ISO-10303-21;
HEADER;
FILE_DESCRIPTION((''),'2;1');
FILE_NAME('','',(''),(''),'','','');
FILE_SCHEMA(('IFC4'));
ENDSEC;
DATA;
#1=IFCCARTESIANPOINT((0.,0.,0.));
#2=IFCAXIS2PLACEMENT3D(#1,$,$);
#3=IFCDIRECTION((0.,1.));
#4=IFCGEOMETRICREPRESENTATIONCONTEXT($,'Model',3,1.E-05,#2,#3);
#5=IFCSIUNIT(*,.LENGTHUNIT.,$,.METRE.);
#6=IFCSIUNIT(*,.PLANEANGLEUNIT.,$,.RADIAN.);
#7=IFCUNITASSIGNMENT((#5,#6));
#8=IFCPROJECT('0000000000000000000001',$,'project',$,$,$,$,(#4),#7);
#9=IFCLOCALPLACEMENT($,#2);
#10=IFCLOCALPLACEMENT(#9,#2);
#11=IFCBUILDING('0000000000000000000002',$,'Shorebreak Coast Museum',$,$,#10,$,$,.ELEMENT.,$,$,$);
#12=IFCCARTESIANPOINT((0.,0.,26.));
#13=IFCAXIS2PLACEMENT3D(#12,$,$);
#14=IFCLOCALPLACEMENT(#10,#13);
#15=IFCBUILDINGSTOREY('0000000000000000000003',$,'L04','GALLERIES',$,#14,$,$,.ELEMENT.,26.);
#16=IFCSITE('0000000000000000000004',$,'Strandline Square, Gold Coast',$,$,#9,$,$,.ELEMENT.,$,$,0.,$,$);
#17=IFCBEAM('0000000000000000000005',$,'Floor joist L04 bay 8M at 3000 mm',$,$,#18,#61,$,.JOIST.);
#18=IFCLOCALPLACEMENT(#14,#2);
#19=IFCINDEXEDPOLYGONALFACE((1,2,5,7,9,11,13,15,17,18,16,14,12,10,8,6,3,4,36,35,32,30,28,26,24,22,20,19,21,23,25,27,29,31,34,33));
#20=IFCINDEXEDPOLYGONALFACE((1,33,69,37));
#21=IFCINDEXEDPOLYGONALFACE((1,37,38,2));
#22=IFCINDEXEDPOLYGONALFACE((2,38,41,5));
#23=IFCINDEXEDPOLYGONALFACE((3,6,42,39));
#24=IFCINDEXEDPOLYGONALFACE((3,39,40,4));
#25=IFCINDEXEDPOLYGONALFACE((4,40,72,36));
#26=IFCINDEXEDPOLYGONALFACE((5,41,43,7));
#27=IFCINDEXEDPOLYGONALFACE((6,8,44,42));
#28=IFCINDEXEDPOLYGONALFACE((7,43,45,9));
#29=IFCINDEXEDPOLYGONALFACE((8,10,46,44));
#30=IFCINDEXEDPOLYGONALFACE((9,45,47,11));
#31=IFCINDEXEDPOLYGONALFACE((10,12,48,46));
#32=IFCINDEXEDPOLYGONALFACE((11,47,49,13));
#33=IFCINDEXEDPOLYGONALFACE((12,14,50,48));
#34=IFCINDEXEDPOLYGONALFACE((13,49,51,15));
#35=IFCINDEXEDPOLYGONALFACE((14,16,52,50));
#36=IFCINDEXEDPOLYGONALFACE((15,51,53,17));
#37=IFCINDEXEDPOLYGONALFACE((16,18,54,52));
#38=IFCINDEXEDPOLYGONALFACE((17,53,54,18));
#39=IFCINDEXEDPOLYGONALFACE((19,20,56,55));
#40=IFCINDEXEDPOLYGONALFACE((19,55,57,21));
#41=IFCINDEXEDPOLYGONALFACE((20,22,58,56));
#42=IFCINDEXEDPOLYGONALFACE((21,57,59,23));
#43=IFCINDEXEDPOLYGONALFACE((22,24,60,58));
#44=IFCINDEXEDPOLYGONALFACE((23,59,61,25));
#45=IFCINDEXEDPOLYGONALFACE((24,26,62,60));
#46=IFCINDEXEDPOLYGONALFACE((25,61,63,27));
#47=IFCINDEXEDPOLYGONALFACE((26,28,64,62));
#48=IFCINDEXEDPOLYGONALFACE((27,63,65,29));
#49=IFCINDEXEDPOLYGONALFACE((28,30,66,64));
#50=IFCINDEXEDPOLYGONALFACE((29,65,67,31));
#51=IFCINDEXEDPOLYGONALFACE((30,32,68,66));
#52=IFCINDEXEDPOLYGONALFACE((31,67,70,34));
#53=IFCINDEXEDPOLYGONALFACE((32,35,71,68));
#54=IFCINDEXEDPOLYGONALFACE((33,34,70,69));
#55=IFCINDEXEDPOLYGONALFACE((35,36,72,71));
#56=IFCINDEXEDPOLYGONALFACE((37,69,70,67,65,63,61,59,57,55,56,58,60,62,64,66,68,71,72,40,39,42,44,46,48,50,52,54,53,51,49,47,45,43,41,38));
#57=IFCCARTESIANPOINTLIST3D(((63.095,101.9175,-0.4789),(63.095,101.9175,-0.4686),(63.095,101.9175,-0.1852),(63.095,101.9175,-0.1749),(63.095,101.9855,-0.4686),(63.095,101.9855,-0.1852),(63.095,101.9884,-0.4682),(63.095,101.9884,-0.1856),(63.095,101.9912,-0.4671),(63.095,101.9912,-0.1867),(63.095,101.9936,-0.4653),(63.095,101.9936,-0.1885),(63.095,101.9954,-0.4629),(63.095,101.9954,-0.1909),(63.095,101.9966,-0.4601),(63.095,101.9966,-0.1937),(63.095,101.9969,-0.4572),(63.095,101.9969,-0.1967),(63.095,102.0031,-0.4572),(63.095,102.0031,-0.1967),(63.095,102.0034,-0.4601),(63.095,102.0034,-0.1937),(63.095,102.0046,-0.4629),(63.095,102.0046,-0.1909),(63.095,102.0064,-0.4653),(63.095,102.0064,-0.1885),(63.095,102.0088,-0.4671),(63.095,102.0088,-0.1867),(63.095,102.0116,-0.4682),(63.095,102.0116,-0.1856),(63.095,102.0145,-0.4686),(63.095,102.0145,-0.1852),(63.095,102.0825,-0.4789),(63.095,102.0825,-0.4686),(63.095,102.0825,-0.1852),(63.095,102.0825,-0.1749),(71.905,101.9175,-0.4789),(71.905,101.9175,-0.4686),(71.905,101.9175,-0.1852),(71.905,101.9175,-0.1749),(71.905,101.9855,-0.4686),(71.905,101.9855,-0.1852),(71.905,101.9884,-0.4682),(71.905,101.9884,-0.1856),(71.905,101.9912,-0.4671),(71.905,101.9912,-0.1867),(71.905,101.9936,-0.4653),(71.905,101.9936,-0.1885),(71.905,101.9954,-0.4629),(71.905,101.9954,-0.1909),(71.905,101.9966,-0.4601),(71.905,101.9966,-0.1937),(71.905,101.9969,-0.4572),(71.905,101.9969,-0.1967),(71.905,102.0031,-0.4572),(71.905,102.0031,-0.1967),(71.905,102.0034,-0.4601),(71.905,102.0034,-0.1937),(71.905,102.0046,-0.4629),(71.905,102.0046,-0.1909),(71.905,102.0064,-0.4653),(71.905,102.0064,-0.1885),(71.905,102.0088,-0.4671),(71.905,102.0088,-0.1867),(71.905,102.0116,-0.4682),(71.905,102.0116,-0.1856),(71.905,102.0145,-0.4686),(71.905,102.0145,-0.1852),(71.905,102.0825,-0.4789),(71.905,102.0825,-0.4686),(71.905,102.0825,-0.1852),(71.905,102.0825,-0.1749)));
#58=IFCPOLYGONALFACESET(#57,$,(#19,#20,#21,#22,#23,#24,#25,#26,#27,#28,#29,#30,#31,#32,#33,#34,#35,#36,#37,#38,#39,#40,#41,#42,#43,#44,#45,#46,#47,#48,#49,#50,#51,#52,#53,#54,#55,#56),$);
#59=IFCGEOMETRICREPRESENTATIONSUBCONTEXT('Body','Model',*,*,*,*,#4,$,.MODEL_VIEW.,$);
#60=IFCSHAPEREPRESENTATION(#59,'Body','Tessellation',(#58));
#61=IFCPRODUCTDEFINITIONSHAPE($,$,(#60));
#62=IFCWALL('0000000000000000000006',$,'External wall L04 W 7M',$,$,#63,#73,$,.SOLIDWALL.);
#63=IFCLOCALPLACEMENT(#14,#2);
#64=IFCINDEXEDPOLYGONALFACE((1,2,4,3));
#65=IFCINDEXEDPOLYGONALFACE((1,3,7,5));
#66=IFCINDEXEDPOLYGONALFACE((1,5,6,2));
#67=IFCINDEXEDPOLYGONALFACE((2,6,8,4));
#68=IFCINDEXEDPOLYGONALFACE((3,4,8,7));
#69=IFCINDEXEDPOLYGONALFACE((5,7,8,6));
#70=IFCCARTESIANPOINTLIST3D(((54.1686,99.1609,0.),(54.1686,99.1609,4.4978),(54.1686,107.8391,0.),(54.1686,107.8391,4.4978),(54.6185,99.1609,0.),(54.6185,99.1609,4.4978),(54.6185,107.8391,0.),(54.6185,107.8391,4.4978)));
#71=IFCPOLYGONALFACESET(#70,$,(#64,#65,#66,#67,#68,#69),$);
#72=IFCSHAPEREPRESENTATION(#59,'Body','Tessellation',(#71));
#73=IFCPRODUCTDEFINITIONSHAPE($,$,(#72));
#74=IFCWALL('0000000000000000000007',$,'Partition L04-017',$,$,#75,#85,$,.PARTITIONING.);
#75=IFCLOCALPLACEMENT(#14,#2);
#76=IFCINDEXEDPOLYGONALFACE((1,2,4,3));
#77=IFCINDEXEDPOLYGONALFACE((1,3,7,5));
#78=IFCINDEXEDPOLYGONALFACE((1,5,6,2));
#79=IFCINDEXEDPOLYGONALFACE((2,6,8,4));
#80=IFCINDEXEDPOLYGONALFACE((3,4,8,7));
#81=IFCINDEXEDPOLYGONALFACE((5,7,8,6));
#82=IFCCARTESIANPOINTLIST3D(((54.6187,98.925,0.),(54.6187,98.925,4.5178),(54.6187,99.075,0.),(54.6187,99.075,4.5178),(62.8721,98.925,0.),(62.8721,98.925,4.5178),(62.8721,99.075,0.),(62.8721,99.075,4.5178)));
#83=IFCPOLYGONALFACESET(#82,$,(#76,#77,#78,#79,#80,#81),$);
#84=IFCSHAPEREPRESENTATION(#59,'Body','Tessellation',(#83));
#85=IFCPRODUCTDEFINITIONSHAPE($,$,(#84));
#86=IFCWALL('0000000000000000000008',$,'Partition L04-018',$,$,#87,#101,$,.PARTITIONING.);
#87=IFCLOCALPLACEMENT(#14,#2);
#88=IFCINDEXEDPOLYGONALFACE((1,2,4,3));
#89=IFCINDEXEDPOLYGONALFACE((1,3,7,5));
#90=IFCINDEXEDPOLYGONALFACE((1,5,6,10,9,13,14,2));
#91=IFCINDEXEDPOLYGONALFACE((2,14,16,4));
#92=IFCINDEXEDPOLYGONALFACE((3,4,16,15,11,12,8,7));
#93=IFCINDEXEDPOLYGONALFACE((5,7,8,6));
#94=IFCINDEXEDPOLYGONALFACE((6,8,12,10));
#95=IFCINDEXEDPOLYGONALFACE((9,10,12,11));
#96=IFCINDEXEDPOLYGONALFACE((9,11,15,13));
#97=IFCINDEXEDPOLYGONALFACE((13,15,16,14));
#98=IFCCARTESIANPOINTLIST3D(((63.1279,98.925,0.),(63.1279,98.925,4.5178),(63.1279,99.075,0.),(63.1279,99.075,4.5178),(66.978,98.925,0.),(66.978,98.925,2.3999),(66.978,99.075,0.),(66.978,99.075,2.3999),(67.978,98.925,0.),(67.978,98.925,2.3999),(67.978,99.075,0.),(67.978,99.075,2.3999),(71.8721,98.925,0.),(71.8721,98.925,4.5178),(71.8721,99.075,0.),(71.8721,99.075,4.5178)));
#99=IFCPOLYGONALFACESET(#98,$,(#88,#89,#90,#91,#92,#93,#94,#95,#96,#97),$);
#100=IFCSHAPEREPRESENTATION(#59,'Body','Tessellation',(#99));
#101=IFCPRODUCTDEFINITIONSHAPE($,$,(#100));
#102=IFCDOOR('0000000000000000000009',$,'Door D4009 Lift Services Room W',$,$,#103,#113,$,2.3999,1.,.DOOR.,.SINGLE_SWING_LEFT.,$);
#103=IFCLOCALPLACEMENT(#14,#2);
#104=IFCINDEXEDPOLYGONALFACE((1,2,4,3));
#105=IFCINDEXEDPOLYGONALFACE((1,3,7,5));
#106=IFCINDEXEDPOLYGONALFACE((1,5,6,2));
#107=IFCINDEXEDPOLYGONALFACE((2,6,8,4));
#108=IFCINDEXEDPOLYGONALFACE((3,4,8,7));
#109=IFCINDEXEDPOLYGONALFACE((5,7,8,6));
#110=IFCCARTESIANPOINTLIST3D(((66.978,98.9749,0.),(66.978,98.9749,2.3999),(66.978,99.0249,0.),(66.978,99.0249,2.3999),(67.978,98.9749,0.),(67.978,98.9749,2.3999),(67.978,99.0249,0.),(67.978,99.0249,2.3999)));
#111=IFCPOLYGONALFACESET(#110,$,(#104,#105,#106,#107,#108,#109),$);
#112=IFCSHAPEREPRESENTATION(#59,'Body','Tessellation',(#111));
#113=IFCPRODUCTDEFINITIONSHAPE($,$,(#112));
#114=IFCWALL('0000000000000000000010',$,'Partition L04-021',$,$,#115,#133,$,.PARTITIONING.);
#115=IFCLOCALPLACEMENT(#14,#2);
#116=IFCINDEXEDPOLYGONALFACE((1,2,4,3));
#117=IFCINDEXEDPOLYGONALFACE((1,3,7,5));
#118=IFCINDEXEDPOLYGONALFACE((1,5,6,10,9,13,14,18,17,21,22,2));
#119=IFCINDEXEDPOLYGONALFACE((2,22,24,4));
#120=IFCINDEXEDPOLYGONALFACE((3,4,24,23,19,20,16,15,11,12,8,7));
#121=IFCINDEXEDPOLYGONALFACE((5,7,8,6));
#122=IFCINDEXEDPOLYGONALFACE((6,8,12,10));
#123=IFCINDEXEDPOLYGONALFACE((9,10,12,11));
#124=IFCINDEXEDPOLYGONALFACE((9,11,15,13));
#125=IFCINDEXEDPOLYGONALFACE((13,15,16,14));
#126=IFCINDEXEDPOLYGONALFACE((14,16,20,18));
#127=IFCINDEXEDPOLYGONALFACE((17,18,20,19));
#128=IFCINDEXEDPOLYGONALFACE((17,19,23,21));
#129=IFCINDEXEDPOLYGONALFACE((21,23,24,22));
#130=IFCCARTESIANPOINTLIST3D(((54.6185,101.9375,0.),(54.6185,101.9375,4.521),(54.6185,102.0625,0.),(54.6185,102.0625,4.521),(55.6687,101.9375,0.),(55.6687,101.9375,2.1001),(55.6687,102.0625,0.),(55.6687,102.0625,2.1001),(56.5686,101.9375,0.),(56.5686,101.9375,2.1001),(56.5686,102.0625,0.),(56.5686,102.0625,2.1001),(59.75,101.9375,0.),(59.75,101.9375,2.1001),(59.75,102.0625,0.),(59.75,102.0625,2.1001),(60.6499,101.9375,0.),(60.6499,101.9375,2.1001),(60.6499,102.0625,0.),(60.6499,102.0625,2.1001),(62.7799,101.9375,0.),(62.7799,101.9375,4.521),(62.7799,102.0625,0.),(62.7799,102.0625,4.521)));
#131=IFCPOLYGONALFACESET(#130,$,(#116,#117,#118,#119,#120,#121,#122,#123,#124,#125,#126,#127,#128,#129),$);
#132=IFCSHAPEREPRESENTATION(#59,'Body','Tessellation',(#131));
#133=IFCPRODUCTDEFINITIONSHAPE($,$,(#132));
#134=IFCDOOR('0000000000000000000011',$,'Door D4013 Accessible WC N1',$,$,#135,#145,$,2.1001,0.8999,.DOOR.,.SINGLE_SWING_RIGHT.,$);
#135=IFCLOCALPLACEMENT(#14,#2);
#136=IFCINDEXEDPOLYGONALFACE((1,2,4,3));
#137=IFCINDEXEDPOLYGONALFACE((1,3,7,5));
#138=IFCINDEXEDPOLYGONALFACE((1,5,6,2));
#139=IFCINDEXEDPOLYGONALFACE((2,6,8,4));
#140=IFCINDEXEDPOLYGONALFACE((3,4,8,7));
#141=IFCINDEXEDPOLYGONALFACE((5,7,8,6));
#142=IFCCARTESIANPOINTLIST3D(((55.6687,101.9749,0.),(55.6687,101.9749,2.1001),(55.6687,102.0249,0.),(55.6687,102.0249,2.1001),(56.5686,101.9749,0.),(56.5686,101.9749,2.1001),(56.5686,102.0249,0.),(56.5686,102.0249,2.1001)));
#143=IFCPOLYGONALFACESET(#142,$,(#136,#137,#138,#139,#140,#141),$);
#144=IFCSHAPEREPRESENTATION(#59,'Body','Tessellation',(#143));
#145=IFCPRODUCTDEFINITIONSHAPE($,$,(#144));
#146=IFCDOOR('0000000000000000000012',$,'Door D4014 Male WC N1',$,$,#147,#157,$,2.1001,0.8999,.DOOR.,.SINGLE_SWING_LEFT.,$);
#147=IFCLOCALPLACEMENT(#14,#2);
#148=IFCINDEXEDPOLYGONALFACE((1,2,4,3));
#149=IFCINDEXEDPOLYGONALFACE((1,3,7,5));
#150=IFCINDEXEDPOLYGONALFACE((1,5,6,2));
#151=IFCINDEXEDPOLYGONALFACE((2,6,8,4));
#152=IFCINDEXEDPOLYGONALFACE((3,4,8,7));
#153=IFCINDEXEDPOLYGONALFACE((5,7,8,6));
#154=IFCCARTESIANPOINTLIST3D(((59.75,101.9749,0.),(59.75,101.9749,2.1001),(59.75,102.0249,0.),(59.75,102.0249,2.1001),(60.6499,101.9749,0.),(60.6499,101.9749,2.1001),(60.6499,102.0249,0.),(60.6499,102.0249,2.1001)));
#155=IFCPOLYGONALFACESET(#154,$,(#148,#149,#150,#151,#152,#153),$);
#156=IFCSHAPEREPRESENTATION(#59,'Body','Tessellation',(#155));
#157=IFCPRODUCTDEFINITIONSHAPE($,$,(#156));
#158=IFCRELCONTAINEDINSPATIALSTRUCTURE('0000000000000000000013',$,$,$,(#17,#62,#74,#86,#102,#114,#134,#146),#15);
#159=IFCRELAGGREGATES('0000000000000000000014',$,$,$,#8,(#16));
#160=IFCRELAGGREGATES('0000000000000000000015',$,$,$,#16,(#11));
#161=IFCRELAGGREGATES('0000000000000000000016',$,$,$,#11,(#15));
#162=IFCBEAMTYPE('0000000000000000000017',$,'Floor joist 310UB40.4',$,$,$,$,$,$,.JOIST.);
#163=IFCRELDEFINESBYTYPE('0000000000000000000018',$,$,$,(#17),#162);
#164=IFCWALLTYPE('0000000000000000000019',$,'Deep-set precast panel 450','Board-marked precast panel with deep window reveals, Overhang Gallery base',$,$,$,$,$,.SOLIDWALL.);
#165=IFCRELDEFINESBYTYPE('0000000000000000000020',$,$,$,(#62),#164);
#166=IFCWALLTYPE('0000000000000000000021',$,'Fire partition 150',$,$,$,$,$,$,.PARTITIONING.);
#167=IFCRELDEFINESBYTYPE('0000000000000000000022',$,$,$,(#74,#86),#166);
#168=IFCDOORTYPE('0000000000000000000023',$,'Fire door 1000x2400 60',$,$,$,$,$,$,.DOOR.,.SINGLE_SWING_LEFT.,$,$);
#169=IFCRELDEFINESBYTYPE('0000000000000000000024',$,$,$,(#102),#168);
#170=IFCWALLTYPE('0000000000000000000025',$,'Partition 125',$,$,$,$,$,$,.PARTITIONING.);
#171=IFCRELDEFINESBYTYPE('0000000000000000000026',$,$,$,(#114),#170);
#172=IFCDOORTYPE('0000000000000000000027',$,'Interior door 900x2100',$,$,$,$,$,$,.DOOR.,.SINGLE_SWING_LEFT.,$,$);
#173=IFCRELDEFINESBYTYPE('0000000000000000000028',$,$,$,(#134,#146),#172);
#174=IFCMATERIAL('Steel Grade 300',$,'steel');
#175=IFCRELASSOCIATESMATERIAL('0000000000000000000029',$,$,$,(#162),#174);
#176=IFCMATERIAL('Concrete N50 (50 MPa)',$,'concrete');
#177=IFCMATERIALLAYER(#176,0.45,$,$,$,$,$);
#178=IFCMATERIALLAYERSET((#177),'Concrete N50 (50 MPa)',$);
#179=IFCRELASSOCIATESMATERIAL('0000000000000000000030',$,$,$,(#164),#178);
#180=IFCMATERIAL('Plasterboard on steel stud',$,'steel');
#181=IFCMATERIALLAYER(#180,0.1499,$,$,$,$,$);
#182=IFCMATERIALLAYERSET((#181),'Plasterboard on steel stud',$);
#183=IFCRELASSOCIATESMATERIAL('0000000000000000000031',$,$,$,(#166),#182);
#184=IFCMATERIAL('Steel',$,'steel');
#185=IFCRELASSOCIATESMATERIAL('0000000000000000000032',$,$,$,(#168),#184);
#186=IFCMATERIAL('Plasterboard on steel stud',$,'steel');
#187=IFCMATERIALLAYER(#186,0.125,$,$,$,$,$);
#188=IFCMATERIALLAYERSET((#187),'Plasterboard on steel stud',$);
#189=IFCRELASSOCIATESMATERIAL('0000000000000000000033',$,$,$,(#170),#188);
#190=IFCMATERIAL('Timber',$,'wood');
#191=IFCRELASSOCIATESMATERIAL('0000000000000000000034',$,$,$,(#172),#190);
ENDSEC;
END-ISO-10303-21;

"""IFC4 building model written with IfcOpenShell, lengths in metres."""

from ifc_helpers import new_model, si_unit, direction, frame, frame_2d, origin, origin_2d, place, context, subcontext, project, spatial, rectangle, i_section, extrude, material, layer, layer_set, material_profile, profile_set, type_object, element, fill, save


model = new_model("IFC4")

# Units and contexts
model_context = context("Model", 3, precision=1e-05, world=origin(), true_north=direction((0.0, 1.0)))
body_context = subcontext(model_context, "Body", "Model", "MODEL_VIEW")
ifc_project = project(units=[si_unit("LENGTHUNIT", "METRE"), si_unit("PLANEANGLEUNIT", "RADIAN")], contexts=[model_context])

# Site, building, storey
site_placement = place(None, origin())
site = spatial("IfcSite", under=ifc_project, at=site_placement, Name="Strandline Square, Gold Coast", CompositionType="ELEMENT", RefElevation=0.0)
building_placement = place(site_placement, origin())
building = spatial("IfcBuilding", under=site, at=building_placement, Name="Shorebreak Coast Museum", CompositionType="ELEMENT")
storey_placement = place(building_placement, frame((0.0, 0.0, 26.0)))
storey = spatial("IfcBuildingStorey", under=building, at=storey_placement, Name="L04", Description="GALLERIES", CompositionType="ELEMENT", Elevation=26.0)

# Beam
ifc_material_1 = material(Name="Steel Grade 300", Category="steel")
ifc_material_profile_1 = material_profile(ifc_material_1, i_section(OverallWidth=0.165, OverallDepth=0.304, WebThickness=0.0061, FlangeThickness=0.0103, FilletRadius=0.0115, at=origin_2d()), Name="310UB40.4")
ifc_profile_set_1 = profile_set([ifc_material_profile_1], Name="Steel Grade 300")
beam_type_1 = type_object("IfcBeamType", Name="Floor joist 310UB40.4", PredefinedType="JOIST", material=ifc_profile_set_1)
for number, where, z_axis, x_axis, name in (
    (1, (63.095, 102.0, -0.3269), (1.0, 0.0, 0.0), (0.0, 1.0, 0.0), "Floor joist L04 bay 8M at 3000 mm"),
):
    element("IfcBeam", number, at=place(storey_placement, frame(where, z_axis=z_axis, x_axis=x_axis)), inside=storey, type_object=beam_type_1, Name=name, PredefinedType="JOIST", context=body_context, shape_type="SweptSolid", body=[
        extrude(i_section(OverallWidth=0.165, OverallDepth=0.304, WebThickness=0.0061, FlangeThickness=0.0103, FilletRadius=0.0115, at=origin_2d()), origin(), (0.0, 0.0, 1.0), 8.8101),
    ])

# Walls
ifc_material_2 = material(Name="Concrete N50 (50 MPa)", Category="concrete")
ifc_layer_1 = layer(ifc_material_2, 0.45)
ifc_layer_set_1 = layer_set([ifc_layer_1], Name="Concrete N50 (50 MPa)")
wall_type_1 = type_object("IfcWallType", Name="Deep-set precast panel 450", Description="Board-marked precast panel with deep window reveals, Overhang Gallery base", PredefinedType="SOLIDWALL", material=ifc_layer_set_1)
wall_1_placement = place(storey_placement, frame((54.3936, 99.1609, 0.0), z_axis=(0.0, 0.0, 1.0), x_axis=(0.0, 1.0, 0.0)))
element("IfcWall", 2, at=wall_1_placement, inside=storey, type_object=wall_type_1, Name="External wall L04 W 7M", PredefinedType="SOLIDWALL", context=body_context, shape_type="SweptSolid", body=[
    extrude(rectangle(XDim=8.6782, YDim=0.45, at=frame_2d((4.3391, 0.0))), origin(), (0.0, 0.0, 1.0), 4.4978),
])
ifc_material_3 = material(Name="Plasterboard on steel stud", Category="steel")
ifc_layer_2 = layer(ifc_material_3, 0.1499)
ifc_layer_set_2 = layer_set([ifc_layer_2], Name="Plasterboard on steel stud")
wall_type_2 = type_object("IfcWallType", Name="Fire partition 150", PredefinedType="PARTITIONING", material=ifc_layer_set_2)
wall_2_placement = place(storey_placement, frame((54.6187, 99.0, 0.0), z_axis=(0.0, 0.0, 1.0), x_axis=(1.0, 0.0, 0.0)))
element("IfcWall", 3, at=wall_2_placement, inside=storey, type_object=wall_type_2, Name="Partition L04-017", PredefinedType="PARTITIONING", context=body_context, shape_type="SweptSolid", body=[
    extrude(rectangle(XDim=8.2534, YDim=0.1499, at=frame_2d((4.1267, 0.0))), origin(), (0.0, 0.0, 1.0), 4.5178),
])

# Wall, opening, door
wall_3_placement = place(storey_placement, frame((63.1279, 99.0, 0.0), z_axis=(0.0, 0.0, 1.0), x_axis=(1.0, 0.0, 0.0)))
wall_3 = element("IfcWall", 4, at=wall_3_placement, inside=storey, type_object=wall_type_2, Name="Partition L04-018", PredefinedType="PARTITIONING", context=body_context, shape_type="SweptSolid", body=[
    extrude(rectangle(XDim=8.7441, YDim=0.1499, at=frame_2d((4.3721, 0.0))), origin(), (0.0, 0.0, 1.0), 4.5178),
])
opening_1_placement = place(wall_3_placement, frame((3.8501, 0.0, 0.0)))
opening_1 = element("IfcOpeningElement", 5, at=opening_1_placement, cuts=wall_3, PredefinedType="OPENING", context=body_context, shape_type="SweptSolid", body=[
    extrude(rectangle(XDim=1.0, YDim=2.3999, at=frame_2d((0.5, 1.2))), frame((0.0, 0.085, 0.0), z_axis=(0.0, -1.0, 0.0), x_axis=(1.0, 0.0, 0.0)), (0.0, 0.0, 1.0), 0.1699),
])
ifc_material_4 = material(Name="Steel", Category="steel")
door_type_1 = type_object("IfcDoorType", Name="Fire door 1000x2400 60", OperationType="SINGLE_SWING_LEFT", PredefinedType="DOOR", material=ifc_material_4)
door_1_placement = place(opening_1_placement, origin())
door_1 = element("IfcDoor", 6, at=door_1_placement, inside=storey, type_object=door_type_1, Name="Door D4009 Lift Services Room W", OperationType="SINGLE_SWING_LEFT", OverallHeight=2.3999, OverallWidth=1.0, PredefinedType="DOOR", context=body_context, shape_type="SweptSolid", body=[
    extrude(rectangle(XDim=1.0, YDim=2.3999, at=frame_2d((0.5, 1.2))), frame((0.0, 0.0249, 0.0), z_axis=(0.0, -1.0, 0.0), x_axis=(1.0, 0.0, 0.0)), (0.0, 0.0, 1.0), 0.05),
])
fill(opening_1, door_1)

# Wall, openings, doors
ifc_material_5 = material(Name="Plasterboard on steel stud", Category="steel")
ifc_layer_3 = layer(ifc_material_5, 0.125)
ifc_layer_set_3 = layer_set([ifc_layer_3], Name="Plasterboard on steel stud")
wall_type_3 = type_object("IfcWallType", Name="Partition 125", PredefinedType="PARTITIONING", material=ifc_layer_set_3)
wall_4_placement = place(storey_placement, frame((54.6187, 102.0, 0.0), z_axis=(0.0, 0.0, 1.0), x_axis=(1.0, 0.0, 0.0)))
wall_4 = element("IfcWall", 7, at=wall_4_placement, inside=storey, type_object=wall_type_3, Name="Partition L04-021", PredefinedType="PARTITIONING", context=body_context, shape_type="SweptSolid", body=[
    extrude(rectangle(XDim=8.1614, YDim=0.125, at=frame_2d((4.0806, 0.0))), origin(), (0.0, 0.0, 1.0), 4.521),
])
opening_2_placement = place(wall_4_placement, frame((1.05, 0.0, 0.0)))
opening_2 = element("IfcOpeningElement", 8, at=opening_2_placement, cuts=wall_4, PredefinedType="OPENING", context=body_context, shape_type="SweptSolid", body=[
    extrude(rectangle(XDim=0.8999, YDim=2.1001, at=frame_2d((0.45, 1.05))), frame((0.0, 0.0725, 0.0), z_axis=(0.0, -1.0, 0.0), x_axis=(1.0, 0.0, 0.0)), (0.0, 0.0, 1.0), 0.145),
])
opening_3_placement = place(wall_4_placement, frame((5.1313, 0.0, 0.0)))
opening_3 = element("IfcOpeningElement", 9, at=opening_3_placement, cuts=wall_4, PredefinedType="OPENING", context=body_context, shape_type="SweptSolid", body=[
    extrude(rectangle(XDim=0.8999, YDim=2.1001, at=frame_2d((0.45, 1.05))), frame((0.0, 0.0725, 0.0), z_axis=(0.0, -1.0, 0.0), x_axis=(1.0, 0.0, 0.0)), (0.0, 0.0, 1.0), 0.145),
])
ifc_material_6 = material(Name="Timber", Category="wood")
door_type_2 = type_object("IfcDoorType", Name="Interior door 900x2100", OperationType="SINGLE_SWING_LEFT", PredefinedType="DOOR", material=ifc_material_6)
door_2_placement = place(opening_2_placement, origin())
door_2 = element("IfcDoor", 10, at=door_2_placement, inside=storey, type_object=door_type_2, Name="Door D4013 Accessible WC N1", OperationType="SINGLE_SWING_RIGHT", OverallHeight=2.1001, OverallWidth=0.8999, PredefinedType="DOOR", context=body_context, shape_type="SweptSolid", body=[
    extrude(rectangle(XDim=0.8999, YDim=2.1001, at=frame_2d((0.45, 1.05))), frame((0.0, 0.0249, 0.0), z_axis=(0.0, -1.0, 0.0), x_axis=(1.0, 0.0, 0.0)), (0.0, 0.0, 1.0), 0.05),
])
fill(opening_2, door_2)
door_3_placement = place(opening_3_placement, origin())
door_3 = element("IfcDoor", 11, at=door_3_placement, inside=storey, type_object=door_type_2, Name="Door D4014 Male WC N1", OperationType="SINGLE_SWING_LEFT", OverallHeight=2.1001, OverallWidth=0.8999, PredefinedType="DOOR", context=body_context, shape_type="SweptSolid", body=[
    extrude(rectangle(XDim=0.8999, YDim=2.1001, at=frame_2d((0.45, 1.05))), frame((0.0, 0.0249, 0.0), z_axis=(0.0, -1.0, 0.0), x_axis=(1.0, 0.0, 0.0)), (0.0, 0.0, 1.0), 0.05),
])
fill(opening_3, door_3)

save(model, "model.ifc")
